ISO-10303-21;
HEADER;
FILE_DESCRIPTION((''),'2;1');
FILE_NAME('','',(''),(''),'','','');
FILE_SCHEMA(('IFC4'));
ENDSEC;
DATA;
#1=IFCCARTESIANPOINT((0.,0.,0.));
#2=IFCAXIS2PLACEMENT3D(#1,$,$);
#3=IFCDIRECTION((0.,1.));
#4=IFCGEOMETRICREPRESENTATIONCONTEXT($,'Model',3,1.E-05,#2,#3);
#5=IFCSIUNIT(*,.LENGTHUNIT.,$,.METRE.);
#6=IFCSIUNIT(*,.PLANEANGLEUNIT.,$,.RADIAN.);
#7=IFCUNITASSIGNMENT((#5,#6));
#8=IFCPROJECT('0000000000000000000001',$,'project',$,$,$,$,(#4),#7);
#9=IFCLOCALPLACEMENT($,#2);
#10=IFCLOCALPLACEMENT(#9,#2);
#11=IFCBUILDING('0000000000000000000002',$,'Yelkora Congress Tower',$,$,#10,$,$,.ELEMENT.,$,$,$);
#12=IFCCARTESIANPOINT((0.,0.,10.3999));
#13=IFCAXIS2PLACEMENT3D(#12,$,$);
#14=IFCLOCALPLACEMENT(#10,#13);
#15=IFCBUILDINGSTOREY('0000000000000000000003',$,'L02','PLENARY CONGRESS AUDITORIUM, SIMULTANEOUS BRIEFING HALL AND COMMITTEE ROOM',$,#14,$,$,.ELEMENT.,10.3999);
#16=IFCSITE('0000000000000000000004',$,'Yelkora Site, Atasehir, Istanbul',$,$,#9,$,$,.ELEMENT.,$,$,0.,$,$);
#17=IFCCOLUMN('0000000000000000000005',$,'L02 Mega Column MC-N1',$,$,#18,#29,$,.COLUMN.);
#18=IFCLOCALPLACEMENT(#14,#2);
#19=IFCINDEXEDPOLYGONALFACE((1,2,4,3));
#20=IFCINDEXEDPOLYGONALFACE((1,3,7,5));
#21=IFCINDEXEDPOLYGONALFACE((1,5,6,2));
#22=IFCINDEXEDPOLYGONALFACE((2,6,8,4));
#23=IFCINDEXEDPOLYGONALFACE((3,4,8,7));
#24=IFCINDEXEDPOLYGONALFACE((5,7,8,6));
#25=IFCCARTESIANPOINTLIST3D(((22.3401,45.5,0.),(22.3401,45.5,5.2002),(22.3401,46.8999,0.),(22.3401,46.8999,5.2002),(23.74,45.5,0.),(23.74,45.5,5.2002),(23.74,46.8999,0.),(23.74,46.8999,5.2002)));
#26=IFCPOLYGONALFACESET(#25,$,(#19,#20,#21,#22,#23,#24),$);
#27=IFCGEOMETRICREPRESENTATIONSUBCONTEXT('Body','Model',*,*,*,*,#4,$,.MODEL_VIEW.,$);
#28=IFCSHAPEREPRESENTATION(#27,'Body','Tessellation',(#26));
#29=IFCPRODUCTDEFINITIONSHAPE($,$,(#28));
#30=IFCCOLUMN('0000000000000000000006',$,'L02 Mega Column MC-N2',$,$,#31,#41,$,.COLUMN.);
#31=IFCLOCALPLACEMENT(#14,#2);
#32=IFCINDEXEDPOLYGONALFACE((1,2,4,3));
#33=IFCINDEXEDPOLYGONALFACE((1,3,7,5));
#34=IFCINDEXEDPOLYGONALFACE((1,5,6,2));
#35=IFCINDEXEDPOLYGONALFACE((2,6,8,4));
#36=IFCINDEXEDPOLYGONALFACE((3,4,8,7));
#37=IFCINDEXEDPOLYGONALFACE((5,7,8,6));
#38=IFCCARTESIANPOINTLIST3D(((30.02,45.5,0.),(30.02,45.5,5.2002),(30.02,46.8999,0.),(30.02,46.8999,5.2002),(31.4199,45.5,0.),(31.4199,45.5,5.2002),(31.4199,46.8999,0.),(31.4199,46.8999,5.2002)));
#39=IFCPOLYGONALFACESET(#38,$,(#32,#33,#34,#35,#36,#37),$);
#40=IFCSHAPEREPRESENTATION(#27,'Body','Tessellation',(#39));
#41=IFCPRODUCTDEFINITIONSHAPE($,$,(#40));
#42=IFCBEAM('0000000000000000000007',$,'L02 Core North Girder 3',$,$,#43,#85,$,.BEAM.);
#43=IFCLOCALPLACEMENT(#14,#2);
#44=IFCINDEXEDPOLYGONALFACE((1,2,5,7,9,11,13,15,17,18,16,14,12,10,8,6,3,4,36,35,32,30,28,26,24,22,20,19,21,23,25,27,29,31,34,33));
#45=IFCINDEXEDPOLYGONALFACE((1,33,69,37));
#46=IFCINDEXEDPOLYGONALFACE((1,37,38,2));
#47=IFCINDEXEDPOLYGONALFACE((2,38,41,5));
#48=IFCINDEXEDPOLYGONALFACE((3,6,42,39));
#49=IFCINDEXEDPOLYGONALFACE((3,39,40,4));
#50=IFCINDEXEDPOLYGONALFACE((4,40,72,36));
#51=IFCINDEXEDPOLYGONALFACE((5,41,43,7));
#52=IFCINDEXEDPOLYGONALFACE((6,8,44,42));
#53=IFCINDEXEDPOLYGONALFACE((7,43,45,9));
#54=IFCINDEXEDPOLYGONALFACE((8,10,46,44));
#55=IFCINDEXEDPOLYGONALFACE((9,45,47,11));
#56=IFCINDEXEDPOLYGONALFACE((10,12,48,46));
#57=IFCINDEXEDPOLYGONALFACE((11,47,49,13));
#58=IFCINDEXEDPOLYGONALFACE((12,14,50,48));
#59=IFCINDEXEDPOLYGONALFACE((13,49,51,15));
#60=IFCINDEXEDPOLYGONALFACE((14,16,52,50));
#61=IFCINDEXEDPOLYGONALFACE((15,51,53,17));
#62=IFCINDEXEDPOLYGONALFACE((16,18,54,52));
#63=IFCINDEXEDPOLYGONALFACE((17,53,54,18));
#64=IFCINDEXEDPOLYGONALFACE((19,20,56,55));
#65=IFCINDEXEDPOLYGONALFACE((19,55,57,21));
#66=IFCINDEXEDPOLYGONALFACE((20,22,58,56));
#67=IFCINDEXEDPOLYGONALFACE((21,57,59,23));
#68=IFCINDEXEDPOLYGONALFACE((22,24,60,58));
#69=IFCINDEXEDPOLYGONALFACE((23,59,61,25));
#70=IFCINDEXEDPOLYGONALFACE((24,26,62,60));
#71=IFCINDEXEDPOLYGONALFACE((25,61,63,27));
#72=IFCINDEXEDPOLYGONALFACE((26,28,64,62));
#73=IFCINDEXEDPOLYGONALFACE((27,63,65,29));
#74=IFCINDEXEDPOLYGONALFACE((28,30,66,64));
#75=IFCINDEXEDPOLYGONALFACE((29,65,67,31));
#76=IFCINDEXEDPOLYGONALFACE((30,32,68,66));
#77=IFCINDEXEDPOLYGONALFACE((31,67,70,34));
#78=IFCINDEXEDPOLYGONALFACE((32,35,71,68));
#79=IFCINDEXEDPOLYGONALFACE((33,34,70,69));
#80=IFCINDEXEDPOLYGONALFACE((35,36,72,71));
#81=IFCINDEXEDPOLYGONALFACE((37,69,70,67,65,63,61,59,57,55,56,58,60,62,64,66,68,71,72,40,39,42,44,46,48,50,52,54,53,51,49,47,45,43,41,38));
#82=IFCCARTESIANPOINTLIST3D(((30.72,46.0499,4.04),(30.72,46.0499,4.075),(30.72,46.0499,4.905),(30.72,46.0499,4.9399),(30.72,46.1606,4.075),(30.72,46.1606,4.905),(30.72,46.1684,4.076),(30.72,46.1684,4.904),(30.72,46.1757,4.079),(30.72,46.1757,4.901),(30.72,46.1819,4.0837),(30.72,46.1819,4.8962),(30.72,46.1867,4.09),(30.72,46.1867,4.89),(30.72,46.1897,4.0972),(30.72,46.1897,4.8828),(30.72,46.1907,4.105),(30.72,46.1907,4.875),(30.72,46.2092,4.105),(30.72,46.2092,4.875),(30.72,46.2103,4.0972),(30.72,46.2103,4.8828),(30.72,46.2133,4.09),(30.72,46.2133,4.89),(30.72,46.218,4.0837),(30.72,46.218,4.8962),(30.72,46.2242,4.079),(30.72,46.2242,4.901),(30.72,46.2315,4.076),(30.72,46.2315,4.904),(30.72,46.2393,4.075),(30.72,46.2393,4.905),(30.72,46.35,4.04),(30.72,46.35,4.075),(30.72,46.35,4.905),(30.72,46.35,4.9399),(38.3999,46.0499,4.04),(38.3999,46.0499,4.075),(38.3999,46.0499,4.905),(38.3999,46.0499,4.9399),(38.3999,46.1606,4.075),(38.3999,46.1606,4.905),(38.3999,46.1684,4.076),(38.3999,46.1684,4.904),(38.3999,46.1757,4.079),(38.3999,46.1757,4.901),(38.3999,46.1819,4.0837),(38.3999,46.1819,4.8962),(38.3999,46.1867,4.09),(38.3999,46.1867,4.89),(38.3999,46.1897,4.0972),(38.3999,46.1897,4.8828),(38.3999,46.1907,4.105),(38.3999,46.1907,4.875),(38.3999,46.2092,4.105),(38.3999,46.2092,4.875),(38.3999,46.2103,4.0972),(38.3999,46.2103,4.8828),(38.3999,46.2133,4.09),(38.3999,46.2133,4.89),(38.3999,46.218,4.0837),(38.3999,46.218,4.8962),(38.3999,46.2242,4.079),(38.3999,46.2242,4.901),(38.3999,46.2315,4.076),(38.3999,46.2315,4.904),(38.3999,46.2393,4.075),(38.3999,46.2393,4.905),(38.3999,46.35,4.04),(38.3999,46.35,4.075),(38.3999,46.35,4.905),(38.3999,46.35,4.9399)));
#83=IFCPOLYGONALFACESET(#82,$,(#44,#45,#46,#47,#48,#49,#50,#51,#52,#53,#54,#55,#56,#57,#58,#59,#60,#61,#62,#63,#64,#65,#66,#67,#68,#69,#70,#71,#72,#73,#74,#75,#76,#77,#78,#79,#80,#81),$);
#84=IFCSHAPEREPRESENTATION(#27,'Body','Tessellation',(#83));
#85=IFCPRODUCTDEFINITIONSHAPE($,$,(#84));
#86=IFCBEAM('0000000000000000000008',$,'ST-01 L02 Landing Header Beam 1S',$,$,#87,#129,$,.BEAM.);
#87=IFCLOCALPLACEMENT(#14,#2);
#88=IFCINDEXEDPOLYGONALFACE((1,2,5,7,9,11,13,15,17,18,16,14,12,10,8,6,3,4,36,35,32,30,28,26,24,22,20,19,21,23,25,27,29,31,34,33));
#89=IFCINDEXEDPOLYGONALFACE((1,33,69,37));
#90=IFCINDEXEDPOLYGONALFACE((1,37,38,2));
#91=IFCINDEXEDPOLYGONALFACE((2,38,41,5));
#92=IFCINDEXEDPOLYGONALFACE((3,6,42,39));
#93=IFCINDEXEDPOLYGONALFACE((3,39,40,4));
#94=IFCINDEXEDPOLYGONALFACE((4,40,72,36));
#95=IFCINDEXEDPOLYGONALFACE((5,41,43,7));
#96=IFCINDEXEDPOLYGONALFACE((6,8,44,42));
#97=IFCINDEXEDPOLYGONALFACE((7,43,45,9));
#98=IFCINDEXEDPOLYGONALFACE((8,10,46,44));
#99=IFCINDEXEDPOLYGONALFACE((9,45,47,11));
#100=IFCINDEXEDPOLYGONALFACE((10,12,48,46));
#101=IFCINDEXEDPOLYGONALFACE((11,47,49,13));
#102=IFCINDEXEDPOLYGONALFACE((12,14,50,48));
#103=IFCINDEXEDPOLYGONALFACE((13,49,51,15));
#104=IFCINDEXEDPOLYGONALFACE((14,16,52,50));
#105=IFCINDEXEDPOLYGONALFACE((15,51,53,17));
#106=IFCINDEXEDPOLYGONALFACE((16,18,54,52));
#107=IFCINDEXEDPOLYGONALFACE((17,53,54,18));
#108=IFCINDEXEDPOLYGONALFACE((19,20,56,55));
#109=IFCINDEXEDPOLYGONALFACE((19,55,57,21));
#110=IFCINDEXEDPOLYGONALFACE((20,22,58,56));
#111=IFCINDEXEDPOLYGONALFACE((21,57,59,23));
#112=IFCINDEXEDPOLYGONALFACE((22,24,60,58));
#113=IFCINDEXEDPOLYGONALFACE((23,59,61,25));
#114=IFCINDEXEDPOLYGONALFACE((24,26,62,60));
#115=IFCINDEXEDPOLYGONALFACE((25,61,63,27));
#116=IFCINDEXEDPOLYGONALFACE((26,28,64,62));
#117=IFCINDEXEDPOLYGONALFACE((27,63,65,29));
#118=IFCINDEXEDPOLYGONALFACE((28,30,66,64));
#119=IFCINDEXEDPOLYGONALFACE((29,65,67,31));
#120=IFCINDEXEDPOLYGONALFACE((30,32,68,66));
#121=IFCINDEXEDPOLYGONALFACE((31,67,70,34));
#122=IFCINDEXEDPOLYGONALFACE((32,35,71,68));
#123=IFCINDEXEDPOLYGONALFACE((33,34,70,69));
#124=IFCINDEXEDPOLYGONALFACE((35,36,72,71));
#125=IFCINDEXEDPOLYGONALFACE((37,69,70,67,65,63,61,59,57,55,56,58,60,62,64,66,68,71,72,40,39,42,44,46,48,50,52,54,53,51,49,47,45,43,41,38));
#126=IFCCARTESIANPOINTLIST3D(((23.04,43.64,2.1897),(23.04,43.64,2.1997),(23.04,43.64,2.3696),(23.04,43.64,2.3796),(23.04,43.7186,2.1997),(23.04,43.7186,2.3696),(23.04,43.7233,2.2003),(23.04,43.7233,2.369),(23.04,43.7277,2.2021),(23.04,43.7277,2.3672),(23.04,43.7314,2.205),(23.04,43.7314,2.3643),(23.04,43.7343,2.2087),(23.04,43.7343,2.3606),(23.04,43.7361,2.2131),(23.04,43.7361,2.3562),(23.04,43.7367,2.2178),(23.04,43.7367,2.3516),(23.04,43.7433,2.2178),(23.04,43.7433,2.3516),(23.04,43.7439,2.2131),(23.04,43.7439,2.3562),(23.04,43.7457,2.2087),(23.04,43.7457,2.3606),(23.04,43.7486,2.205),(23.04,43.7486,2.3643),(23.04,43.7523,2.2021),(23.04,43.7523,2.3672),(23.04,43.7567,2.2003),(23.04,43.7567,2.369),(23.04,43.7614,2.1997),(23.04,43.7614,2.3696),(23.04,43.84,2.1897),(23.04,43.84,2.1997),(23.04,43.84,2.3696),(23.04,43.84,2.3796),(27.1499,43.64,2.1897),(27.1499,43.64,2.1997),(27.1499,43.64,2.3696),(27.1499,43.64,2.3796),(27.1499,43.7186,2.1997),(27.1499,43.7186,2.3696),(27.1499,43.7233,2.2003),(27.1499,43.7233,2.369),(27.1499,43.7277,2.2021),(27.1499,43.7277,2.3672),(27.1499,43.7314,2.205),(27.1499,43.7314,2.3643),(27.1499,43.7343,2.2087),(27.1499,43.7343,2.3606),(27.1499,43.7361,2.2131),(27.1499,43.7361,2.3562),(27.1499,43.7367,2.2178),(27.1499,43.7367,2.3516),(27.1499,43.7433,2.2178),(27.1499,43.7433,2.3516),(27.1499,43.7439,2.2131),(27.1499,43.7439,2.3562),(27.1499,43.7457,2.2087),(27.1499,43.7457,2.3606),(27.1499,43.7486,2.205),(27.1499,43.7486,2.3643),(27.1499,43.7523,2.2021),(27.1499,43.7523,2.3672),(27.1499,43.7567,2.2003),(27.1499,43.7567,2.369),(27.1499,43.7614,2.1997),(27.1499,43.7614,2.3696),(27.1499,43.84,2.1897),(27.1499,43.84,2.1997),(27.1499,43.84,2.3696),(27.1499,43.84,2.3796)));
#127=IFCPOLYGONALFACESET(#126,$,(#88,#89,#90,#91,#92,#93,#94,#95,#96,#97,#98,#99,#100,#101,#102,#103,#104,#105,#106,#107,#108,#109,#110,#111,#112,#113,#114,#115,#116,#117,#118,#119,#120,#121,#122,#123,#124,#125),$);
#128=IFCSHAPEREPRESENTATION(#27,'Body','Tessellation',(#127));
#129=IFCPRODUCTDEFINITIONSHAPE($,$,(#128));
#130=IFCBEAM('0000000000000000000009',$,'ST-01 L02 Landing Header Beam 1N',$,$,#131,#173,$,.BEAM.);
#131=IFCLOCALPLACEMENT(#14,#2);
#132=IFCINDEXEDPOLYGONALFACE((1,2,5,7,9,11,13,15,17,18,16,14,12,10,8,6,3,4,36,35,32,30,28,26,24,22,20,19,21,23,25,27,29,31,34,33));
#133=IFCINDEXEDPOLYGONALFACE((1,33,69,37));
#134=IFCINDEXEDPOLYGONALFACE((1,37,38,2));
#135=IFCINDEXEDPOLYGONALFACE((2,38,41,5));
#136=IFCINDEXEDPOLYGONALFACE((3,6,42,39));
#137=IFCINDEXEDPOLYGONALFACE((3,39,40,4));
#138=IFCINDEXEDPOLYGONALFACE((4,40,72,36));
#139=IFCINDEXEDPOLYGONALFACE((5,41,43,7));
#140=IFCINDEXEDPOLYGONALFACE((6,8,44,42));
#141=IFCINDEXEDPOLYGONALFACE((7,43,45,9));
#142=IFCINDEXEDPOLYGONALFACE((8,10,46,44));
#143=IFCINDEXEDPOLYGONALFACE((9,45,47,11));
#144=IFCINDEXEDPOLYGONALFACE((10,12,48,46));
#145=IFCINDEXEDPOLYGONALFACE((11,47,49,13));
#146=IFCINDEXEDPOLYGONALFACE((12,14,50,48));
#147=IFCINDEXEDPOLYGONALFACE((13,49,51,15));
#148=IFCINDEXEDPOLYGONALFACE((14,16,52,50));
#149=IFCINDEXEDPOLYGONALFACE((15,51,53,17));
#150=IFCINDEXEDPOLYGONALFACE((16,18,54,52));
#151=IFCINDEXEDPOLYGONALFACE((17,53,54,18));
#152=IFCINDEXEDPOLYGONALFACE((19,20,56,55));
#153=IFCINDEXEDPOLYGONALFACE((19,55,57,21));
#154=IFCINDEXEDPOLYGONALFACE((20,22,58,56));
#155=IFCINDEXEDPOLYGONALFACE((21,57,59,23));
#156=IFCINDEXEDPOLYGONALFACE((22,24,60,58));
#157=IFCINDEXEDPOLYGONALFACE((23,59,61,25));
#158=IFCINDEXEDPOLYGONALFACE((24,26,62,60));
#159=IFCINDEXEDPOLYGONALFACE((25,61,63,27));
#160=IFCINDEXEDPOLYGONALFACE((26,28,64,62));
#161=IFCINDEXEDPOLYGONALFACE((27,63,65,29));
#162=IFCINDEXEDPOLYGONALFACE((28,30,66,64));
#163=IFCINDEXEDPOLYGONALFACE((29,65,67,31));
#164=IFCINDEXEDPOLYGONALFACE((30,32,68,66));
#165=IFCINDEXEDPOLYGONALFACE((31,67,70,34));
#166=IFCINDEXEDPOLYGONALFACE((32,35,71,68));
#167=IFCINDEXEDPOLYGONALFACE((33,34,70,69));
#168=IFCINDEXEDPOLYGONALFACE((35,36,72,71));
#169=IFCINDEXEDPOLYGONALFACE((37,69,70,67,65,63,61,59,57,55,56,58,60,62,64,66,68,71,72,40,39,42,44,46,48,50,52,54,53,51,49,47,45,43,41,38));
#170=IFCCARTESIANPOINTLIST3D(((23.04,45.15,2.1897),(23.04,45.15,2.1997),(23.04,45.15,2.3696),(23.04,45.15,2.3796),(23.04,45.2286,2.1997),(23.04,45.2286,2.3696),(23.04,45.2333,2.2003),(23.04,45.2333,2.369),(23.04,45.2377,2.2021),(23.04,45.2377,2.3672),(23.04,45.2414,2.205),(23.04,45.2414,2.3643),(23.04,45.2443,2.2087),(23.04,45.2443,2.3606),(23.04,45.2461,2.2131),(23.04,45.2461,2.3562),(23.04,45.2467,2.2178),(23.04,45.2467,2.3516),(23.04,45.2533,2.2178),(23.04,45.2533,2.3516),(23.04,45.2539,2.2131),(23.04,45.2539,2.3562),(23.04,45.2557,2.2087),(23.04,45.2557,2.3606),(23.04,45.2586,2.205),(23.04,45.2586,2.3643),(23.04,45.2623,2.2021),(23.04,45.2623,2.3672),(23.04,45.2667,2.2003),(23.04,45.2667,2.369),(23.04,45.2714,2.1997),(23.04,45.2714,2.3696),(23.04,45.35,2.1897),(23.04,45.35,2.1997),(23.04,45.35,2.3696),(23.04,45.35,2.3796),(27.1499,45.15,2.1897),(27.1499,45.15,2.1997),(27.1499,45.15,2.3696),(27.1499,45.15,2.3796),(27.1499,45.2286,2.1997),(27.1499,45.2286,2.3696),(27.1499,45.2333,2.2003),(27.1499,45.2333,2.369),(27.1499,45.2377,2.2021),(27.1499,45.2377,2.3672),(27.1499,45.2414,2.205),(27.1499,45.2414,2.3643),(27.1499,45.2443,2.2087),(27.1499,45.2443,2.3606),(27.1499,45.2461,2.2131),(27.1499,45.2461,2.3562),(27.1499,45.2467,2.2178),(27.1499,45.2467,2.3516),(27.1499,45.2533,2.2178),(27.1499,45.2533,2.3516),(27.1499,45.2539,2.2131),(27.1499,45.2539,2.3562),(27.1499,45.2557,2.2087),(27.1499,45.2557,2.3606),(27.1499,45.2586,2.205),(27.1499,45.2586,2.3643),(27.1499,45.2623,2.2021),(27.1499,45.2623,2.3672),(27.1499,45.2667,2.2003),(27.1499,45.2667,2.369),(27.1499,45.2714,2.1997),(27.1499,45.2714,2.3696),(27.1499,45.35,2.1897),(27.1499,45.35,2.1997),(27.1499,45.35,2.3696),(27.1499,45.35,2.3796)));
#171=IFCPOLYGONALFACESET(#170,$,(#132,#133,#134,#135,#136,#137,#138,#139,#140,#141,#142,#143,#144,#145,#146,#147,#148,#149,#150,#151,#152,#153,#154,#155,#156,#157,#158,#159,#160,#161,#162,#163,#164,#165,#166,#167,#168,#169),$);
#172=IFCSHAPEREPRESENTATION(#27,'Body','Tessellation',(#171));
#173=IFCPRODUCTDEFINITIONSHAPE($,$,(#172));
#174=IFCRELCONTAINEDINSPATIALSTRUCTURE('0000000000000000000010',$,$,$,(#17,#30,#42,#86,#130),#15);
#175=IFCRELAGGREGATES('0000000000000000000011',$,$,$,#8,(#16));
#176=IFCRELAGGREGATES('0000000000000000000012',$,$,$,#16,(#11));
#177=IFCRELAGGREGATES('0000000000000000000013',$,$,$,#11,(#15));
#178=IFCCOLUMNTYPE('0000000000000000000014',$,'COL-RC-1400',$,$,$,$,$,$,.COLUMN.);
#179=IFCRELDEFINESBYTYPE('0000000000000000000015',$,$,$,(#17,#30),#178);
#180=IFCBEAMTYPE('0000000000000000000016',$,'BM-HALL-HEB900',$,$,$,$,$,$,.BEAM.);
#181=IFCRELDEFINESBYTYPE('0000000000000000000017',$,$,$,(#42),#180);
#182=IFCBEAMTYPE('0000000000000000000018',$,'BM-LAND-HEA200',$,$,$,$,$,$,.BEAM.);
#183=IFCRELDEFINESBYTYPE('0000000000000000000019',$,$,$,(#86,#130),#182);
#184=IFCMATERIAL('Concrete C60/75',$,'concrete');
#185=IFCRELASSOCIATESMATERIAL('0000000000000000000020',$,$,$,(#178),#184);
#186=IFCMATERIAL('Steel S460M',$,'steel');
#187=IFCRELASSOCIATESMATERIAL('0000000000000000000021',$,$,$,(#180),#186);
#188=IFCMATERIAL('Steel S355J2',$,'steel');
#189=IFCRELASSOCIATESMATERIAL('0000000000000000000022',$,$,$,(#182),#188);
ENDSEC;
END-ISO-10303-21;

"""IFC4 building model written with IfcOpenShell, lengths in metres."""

from ifc_helpers import new_model, si_unit, direction, frame, origin, origin_2d, place, context, subcontext, project, spatial, rectangle, i_section, extrude, material, material_profile, profile_set, type_object, element, save


model = new_model("IFC4")

# Units and contexts
model_context = context("Model", 3, precision=1e-05, world=origin(), true_north=direction((0.0, 1.0)))
body_context = subcontext(model_context, "Body", "Model", "MODEL_VIEW")
ifc_project = project(units=[si_unit("LENGTHUNIT", "METRE"), si_unit("PLANEANGLEUNIT", "RADIAN")], contexts=[model_context])

# Site, building, storey
site_placement = place(None, origin())
site = spatial("IfcSite", under=ifc_project, at=site_placement, Name="Yelkora Site, Atasehir, Istanbul", CompositionType="ELEMENT", RefElevation=0.0)
building_placement = place(site_placement, origin())
building = spatial("IfcBuilding", under=site, at=building_placement, Name="Yelkora Congress Tower", CompositionType="ELEMENT")
storey_placement = place(building_placement, frame((0.0, 0.0, 10.3999)))
storey = spatial("IfcBuildingStorey", under=building, at=storey_placement, Name="L02", Description="PLENARY CONGRESS AUDITORIUM, SIMULTANEOUS BRIEFING HALL AND COMMITTEE ROOM", CompositionType="ELEMENT", Elevation=10.3999)

# Columns
ifc_material_1 = material(Name="Concrete C60/75", Category="concrete")
ifc_material_profile_1 = material_profile(ifc_material_1, rectangle(XDim=1.3999, YDim=1.3999, at=origin_2d()), Name="RC 1400x1400")
ifc_profile_set_1 = profile_set([ifc_material_profile_1], Name="Concrete C60/75")
column_type = type_object("IfcColumnType", Name="COL-RC-1400", PredefinedType="COLUMN", material=ifc_profile_set_1)
for number, where, z_axis, x_axis, name in (
    (1, (23.04, 46.2, 0.0), (0.0, 0.0, 1.0), (1.0, 0.0, 0.0), "L02 Mega Column MC-N1"),
    (2, (30.72, 46.2, 0.0), (0.0, 0.0, 1.0), (1.0, 0.0, 0.0), "L02 Mega Column MC-N2"),
):
    element("IfcColumn", number, at=place(storey_placement, frame(where, z_axis=z_axis, x_axis=x_axis)), inside=storey, type_object=column_type, Name=name, PredefinedType="COLUMN", context=body_context, shape_type="SweptSolid", body=[
        extrude(rectangle(XDim=1.3999, YDim=1.3999, at=origin_2d()), origin(), (0.0, 0.0, 1.0), 5.2002),
    ])

# Beams
ifc_material_2 = material(Name="Steel S460M", Category="steel")
ifc_material_profile_2 = material_profile(ifc_material_2, i_section(OverallWidth=0.3, OverallDepth=0.8999, WebThickness=0.0186, FlangeThickness=0.0349, FilletRadius=0.03, at=origin_2d()), Name="HEB 900")
ifc_profile_set_2 = profile_set([ifc_material_profile_2], Name="Steel S460M")
beam_type_1 = type_object("IfcBeamType", Name="BM-HALL-HEB900", PredefinedType="BEAM", material=ifc_profile_set_2)
beam_1_placement = place(storey_placement, frame((30.72, 46.2, 4.49), z_axis=(1.0, 0.0, 0.0), x_axis=(0.0, 1.0, 0.0)))
element("IfcBeam", 3, at=beam_1_placement, inside=storey, type_object=beam_type_1, Name="L02 Core North Girder 3", PredefinedType="BEAM", context=body_context, shape_type="SweptSolid", body=[
    extrude(i_section(OverallWidth=0.3, OverallDepth=0.8999, WebThickness=0.0186, FlangeThickness=0.0349, FilletRadius=0.03, at=origin_2d()), origin(), (0.0, 0.0, 1.0), 7.6799),
])
ifc_material_3 = material(Name="Steel S355J2", Category="steel")
ifc_material_profile_3 = material_profile(ifc_material_3, i_section(OverallWidth=0.2, OverallDepth=0.1899, WebThickness=0.0066, FlangeThickness=0.01, FilletRadius=0.0181, at=origin_2d()), Name="HEA 200")
ifc_profile_set_3 = profile_set([ifc_material_profile_3], Name="Steel S355J2")
beam_type_2 = type_object("IfcBeamType", Name="BM-LAND-HEA200", PredefinedType="BEAM", material=ifc_profile_set_3)
for number, where, z_axis, x_axis, name in (
    (4, (23.04, 43.74, 2.2847), (1.0, 0.0, 0.0), (0.0, 1.0, 0.0), "ST-01 L02 Landing Header Beam 1S"),
    (5, (23.04, 45.25, 2.2847), (1.0, 0.0, 0.0), (0.0, 1.0, 0.0), "ST-01 L02 Landing Header Beam 1N"),
):
    element("IfcBeam", number, at=place(storey_placement, frame(where, z_axis=z_axis, x_axis=x_axis)), inside=storey, type_object=beam_type_2, Name=name, PredefinedType="BEAM", context=body_context, shape_type="SweptSolid", body=[
        extrude(i_section(OverallWidth=0.2, OverallDepth=0.1899, WebThickness=0.0066, FlangeThickness=0.01, FilletRadius=0.0181, at=origin_2d()), origin(), (0.0, 0.0, 1.0), 4.1099),
    ])

save(model, "model.ifc")
